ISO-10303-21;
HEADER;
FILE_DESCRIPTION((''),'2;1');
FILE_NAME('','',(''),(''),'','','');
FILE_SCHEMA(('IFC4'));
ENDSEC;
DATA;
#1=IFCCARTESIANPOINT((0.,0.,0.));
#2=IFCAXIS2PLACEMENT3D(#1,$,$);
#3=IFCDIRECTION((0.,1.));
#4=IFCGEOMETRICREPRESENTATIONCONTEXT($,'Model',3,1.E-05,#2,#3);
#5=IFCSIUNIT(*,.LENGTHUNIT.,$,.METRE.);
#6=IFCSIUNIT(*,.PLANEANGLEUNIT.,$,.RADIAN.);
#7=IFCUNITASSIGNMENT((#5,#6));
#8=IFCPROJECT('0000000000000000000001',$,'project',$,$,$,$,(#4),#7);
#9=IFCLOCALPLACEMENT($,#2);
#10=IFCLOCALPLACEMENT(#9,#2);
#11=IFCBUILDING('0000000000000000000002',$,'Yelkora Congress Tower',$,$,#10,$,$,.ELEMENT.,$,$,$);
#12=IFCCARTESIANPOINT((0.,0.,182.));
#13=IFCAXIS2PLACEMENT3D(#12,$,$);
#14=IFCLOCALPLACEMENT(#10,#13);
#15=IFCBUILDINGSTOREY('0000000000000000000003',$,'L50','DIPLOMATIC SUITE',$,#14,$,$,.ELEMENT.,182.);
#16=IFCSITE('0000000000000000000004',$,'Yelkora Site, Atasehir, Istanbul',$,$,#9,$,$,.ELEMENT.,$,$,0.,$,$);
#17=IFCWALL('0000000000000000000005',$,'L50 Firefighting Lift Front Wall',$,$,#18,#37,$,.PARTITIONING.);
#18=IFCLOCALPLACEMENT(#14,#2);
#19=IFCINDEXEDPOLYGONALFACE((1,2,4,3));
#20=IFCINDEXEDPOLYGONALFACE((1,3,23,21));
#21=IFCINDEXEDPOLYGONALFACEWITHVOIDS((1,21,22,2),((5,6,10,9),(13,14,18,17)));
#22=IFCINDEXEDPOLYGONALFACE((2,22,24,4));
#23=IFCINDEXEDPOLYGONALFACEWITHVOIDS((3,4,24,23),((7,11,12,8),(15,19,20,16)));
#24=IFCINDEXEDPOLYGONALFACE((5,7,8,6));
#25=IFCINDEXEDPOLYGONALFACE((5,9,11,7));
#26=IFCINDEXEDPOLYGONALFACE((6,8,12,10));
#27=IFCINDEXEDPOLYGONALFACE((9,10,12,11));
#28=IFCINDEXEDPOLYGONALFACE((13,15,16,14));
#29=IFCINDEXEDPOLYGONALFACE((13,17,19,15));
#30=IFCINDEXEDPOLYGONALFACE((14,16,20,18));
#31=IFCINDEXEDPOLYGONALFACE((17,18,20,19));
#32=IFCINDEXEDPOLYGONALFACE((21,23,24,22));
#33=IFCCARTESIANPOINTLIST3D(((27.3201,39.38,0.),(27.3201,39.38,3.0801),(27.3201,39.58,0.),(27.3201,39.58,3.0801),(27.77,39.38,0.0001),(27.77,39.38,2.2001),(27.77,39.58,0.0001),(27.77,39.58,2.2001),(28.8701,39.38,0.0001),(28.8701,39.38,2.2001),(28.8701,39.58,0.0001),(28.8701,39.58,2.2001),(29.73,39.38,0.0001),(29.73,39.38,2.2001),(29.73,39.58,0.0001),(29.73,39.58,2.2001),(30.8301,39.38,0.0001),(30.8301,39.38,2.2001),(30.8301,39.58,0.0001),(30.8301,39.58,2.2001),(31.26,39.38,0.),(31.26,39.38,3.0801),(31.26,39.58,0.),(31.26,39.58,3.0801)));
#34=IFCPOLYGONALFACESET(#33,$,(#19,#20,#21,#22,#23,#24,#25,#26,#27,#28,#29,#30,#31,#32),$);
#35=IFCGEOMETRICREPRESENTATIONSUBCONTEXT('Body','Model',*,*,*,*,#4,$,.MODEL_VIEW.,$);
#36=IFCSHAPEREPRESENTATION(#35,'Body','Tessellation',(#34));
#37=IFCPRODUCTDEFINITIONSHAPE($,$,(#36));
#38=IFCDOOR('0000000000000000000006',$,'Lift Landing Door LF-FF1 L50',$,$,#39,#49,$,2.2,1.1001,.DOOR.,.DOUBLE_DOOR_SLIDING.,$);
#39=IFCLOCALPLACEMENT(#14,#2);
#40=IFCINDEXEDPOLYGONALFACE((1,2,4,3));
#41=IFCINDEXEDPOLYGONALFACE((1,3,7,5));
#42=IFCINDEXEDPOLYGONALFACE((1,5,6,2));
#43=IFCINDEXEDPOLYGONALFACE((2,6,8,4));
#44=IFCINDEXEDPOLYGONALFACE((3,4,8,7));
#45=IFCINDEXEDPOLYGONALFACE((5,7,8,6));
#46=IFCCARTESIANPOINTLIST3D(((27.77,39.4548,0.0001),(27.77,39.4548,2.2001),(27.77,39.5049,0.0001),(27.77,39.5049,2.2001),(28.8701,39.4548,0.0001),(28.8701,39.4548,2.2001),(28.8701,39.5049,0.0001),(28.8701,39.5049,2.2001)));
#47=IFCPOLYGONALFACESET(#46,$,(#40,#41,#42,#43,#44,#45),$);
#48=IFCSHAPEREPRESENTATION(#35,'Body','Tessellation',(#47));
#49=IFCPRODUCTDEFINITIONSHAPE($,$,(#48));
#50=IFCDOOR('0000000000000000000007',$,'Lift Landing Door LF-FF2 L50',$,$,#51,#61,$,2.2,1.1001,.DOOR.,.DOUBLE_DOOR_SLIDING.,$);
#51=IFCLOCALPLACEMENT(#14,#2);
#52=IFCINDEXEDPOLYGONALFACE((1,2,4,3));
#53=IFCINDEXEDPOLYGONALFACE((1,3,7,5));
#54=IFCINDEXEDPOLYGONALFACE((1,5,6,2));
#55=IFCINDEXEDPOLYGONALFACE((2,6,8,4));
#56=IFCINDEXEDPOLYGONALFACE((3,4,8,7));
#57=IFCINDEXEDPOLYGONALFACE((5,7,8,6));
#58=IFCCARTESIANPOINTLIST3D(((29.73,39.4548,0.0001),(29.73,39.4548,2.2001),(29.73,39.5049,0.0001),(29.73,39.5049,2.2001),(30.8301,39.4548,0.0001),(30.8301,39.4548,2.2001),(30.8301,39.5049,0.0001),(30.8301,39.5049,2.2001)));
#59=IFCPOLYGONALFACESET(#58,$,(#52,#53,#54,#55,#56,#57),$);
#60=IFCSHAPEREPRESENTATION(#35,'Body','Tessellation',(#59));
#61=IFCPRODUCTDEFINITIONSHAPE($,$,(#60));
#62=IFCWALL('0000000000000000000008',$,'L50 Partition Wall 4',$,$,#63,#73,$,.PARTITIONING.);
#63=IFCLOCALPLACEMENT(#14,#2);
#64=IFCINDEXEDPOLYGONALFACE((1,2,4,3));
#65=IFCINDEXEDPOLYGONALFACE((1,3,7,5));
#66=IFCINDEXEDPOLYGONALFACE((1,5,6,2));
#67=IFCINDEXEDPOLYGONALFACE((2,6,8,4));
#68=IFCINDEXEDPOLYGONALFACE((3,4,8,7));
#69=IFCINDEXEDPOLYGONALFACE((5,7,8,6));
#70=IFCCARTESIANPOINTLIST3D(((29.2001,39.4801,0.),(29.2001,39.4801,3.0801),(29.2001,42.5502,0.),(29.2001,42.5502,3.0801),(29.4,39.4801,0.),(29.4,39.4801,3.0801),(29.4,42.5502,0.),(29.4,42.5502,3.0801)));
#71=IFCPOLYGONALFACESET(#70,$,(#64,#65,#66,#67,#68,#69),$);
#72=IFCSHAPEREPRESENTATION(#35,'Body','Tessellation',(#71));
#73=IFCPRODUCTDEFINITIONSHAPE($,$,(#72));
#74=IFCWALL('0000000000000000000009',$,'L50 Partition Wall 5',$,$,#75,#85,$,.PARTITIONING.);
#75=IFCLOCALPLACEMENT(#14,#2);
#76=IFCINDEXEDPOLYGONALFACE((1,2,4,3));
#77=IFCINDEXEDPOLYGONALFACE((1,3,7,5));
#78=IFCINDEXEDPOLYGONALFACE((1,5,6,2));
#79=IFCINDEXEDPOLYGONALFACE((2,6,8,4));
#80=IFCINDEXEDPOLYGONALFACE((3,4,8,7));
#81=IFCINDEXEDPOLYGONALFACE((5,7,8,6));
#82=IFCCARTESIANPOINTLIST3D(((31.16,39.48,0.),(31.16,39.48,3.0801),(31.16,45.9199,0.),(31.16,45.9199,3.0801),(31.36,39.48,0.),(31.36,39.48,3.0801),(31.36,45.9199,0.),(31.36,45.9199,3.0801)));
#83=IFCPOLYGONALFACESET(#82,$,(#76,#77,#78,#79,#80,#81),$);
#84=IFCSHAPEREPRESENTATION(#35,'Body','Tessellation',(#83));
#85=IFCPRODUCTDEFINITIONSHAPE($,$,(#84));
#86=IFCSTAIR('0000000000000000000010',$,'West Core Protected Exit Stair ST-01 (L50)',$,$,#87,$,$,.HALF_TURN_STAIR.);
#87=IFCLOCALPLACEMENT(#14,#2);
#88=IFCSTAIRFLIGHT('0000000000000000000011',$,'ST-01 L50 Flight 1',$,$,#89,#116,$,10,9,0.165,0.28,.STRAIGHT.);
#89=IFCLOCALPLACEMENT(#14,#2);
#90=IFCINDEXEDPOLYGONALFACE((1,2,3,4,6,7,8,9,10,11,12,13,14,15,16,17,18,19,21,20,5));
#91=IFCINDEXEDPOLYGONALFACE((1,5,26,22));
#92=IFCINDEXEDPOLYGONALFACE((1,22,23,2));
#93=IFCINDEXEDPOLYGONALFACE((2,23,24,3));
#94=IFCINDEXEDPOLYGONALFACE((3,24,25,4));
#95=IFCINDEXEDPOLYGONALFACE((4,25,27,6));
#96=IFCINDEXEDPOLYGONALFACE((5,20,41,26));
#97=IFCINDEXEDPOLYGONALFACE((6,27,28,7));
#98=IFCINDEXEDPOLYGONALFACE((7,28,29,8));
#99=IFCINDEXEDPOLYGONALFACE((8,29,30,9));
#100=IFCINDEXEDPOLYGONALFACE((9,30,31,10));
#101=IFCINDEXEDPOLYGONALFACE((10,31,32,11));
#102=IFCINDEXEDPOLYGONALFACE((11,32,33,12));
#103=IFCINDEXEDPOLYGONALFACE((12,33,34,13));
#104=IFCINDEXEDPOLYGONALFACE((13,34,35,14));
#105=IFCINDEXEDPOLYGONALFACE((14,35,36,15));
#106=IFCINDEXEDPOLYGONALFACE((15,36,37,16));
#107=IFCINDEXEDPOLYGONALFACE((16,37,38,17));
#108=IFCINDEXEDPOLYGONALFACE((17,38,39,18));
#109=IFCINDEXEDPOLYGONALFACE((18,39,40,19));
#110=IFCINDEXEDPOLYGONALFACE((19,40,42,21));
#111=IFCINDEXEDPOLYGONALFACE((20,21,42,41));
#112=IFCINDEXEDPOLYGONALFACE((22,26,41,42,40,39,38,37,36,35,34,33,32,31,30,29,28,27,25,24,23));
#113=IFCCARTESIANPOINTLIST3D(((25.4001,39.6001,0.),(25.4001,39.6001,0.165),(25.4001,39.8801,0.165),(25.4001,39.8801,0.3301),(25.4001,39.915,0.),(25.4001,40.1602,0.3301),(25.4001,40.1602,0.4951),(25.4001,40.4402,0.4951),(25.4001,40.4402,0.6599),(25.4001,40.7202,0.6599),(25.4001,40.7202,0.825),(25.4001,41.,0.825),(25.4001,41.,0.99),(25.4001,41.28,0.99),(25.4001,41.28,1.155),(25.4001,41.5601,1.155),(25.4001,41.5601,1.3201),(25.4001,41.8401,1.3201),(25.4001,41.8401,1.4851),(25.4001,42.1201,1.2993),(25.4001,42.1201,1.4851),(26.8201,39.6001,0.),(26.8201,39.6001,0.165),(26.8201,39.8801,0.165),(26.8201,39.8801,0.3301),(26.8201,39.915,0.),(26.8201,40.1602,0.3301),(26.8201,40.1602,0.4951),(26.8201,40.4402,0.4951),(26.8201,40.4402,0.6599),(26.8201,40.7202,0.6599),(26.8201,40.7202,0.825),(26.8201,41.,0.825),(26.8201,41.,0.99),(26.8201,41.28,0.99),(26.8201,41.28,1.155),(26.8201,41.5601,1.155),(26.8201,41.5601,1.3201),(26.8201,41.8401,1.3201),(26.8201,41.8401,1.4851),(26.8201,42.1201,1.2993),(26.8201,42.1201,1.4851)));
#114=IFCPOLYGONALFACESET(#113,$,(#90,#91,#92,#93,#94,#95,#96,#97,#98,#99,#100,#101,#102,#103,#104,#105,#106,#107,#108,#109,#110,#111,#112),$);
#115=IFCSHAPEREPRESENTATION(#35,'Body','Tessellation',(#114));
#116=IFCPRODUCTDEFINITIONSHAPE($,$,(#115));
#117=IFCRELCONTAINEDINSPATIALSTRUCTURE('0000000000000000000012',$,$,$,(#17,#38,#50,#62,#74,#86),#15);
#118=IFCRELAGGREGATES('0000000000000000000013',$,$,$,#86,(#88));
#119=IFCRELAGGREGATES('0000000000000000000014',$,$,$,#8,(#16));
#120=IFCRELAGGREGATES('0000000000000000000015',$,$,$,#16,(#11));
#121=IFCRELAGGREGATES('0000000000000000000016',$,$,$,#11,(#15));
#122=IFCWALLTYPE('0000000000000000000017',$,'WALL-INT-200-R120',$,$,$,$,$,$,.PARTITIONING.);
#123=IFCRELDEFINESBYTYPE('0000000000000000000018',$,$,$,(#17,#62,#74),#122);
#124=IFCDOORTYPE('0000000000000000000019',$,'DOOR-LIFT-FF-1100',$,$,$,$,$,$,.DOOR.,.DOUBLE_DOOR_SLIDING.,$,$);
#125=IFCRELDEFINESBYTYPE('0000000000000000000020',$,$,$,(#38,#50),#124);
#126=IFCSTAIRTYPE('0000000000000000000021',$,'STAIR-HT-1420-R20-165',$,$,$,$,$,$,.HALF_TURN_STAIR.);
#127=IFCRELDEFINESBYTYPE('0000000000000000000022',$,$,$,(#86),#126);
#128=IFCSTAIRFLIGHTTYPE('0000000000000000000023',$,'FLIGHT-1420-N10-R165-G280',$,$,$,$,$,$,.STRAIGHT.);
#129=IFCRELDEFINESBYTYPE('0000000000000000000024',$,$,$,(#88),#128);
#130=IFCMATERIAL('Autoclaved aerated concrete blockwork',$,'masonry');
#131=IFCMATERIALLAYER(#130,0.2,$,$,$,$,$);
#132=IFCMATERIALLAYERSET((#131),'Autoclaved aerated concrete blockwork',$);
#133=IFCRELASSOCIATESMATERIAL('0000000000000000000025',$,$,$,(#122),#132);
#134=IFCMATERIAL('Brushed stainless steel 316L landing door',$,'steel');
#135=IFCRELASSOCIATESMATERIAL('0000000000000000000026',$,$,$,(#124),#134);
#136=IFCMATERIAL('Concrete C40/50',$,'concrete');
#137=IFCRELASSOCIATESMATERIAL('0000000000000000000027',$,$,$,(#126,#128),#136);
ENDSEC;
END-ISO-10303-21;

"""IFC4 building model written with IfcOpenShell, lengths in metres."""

from ifc_helpers import new_model, si_unit, direction, frame, frame_2d, origin, place, context, subcontext, project, spatial, polyline, rectangle, outline, extrude, material, layer, layer_set, type_object, element, fill, aggregate, save


model = new_model("IFC4")

# Units and contexts
model_context = context("Model", 3, precision=1e-05, world=origin(), true_north=direction((0.0, 1.0)))
body_context = subcontext(model_context, "Body", "Model", "MODEL_VIEW")
ifc_project = project(units=[si_unit("LENGTHUNIT", "METRE"), si_unit("PLANEANGLEUNIT", "RADIAN")], contexts=[model_context])

# Site, building, storey
site_placement = place(None, origin())
site = spatial("IfcSite", under=ifc_project, at=site_placement, Name="Yelkora Site, Atasehir, Istanbul", CompositionType="ELEMENT", RefElevation=0.0)
building_placement = place(site_placement, origin())
building = spatial("IfcBuilding", under=site, at=building_placement, Name="Yelkora Congress Tower", CompositionType="ELEMENT")
storey_placement = place(building_placement, frame((0.0, 0.0, 182.0)))
storey = spatial("IfcBuildingStorey", under=building, at=storey_placement, Name="L50", Description="DIPLOMATIC SUITE", CompositionType="ELEMENT", Elevation=182.0)

# Shared definitions
ifc_material_1 = material(Name="Autoclaved aerated concrete blockwork", Category="masonry")
ifc_layer_1 = layer(ifc_material_1, 0.2)
ifc_layer_set_1 = layer_set([ifc_layer_1], Name="Autoclaved aerated concrete blockwork")
wall_type_1 = type_object("IfcWallType", Name="WALL-INT-200-R120", PredefinedType="PARTITIONING", material=ifc_layer_set_1)

# Wall, openings, doors
wall_1_placement = place(storey_placement, frame((27.3201, 39.48, 0.0), z_axis=(0.0, 0.0, 1.0), x_axis=(1.0, 0.0, 0.0)))
wall_1 = element("IfcWall", 1, at=wall_1_placement, inside=storey, type_object=wall_type_1, Name="L50 Firefighting Lift Front Wall", PredefinedType="PARTITIONING", context=body_context, shape_type="SweptSolid", body=[
    extrude(rectangle(XDim=3.9399, YDim=0.2, at=frame_2d((1.97, 0.0))), origin(), (0.0, 0.0, 1.0), 3.0801),
])
opening_1_placement = place(wall_1_placement, frame((0.45, 0.0, 0.0)))
opening_1 = element("IfcOpeningElement", 2, at=opening_1_placement, cuts=wall_1, PredefinedType="OPENING", context=body_context, shape_type="SweptSolid", body=[
    extrude(rectangle(XDim=1.1001, YDim=2.2, at=frame_2d((0.55, 1.1001))), frame((0.0, 0.1099, 0.0), z_axis=(0.0, -1.0, 0.0), x_axis=(1.0, 0.0, 0.0)), (0.0, 0.0, 1.0), 0.22),
])
opening_2_placement = place(wall_1_placement, frame((2.4099, 0.0, 0.0)))
opening_2 = element("IfcOpeningElement", 3, at=opening_2_placement, cuts=wall_1, PredefinedType="OPENING", context=body_context, shape_type="SweptSolid", body=[
    extrude(rectangle(XDim=1.1001, YDim=2.2, at=frame_2d((0.55, 1.1001))), frame((0.0, 0.1099, 0.0), z_axis=(0.0, -1.0, 0.0), x_axis=(1.0, 0.0, 0.0)), (0.0, 0.0, 1.0), 0.22),
])
ifc_material_2 = material(Name="Brushed stainless steel 316L landing door", Category="steel")
door_type_1 = type_object("IfcDoorType", Name="DOOR-LIFT-FF-1100", OperationType="DOUBLE_DOOR_SLIDING", PredefinedType="DOOR", material=ifc_material_2)
door_1_placement = place(opening_1_placement, origin())
door_1 = element("IfcDoor", 4, at=door_1_placement, inside=storey, type_object=door_type_1, Name="Lift Landing Door LF-FF1 L50", OperationType="DOUBLE_DOOR_SLIDING", OverallHeight=2.2, OverallWidth=1.1001, PredefinedType="DOOR", context=body_context, shape_type="SweptSolid", body=[
    extrude(rectangle(XDim=1.1001, YDim=2.2, at=frame_2d((0.55, 1.1001))), frame((0.0, 0.0249, 0.0), z_axis=(0.0, -1.0, 0.0), x_axis=(1.0, 0.0, 0.0)), (0.0, 0.0, 1.0), 0.05),
])
fill(opening_1, door_1)
door_2_placement = place(opening_2_placement, origin())
door_2 = element("IfcDoor", 5, at=door_2_placement, inside=storey, type_object=door_type_1, Name="Lift Landing Door LF-FF2 L50", OperationType="DOUBLE_DOOR_SLIDING", OverallHeight=2.2, OverallWidth=1.1001, PredefinedType="DOOR", context=body_context, shape_type="SweptSolid", body=[
    extrude(rectangle(XDim=1.1001, YDim=2.2, at=frame_2d((0.55, 1.1001))), frame((0.0, 0.0249, 0.0), z_axis=(0.0, -1.0, 0.0), x_axis=(1.0, 0.0, 0.0)), (0.0, 0.0, 1.0), 0.05),
])
fill(opening_2, door_2)

# Walls
wall_2_placement = place(storey_placement, frame((29.3, 39.48, 0.0), z_axis=(0.0, 0.0, 1.0), x_axis=(0.0, 1.0, 0.0)))
element("IfcWall", 6, at=wall_2_placement, inside=storey, type_object=wall_type_1, Name="L50 Partition Wall 4", PredefinedType="PARTITIONING", context=body_context, shape_type="SweptSolid", body=[
    extrude(rectangle(XDim=3.0701, YDim=0.2, at=frame_2d((1.5352, 0.0))), origin(), (0.0, 0.0, 1.0), 3.0801),
])
wall_3_placement = place(storey_placement, frame((31.26, 39.48, 0.0), z_axis=(0.0, 0.0, 1.0), x_axis=(0.0, 1.0, 0.0)))
element("IfcWall", 7, at=wall_3_placement, inside=storey, type_object=wall_type_1, Name="L50 Partition Wall 5", PredefinedType="PARTITIONING", context=body_context, shape_type="SweptSolid", body=[
    extrude(rectangle(XDim=6.4399, YDim=0.2, at=frame_2d((3.22, 0.0))), origin(), (0.0, 0.0, 1.0), 3.0801),
])

# Stair, stair flight
ifc_material_3 = material(Name="Concrete C40/50", Category="concrete")
stair_type = type_object("IfcStairType", Name="STAIR-HT-1420-R20-165", PredefinedType="HALF_TURN_STAIR", material=ifc_material_3)
stair_placement = place(storey_placement, origin())
stair = element("IfcStair", 8, at=stair_placement, inside=storey, type_object=stair_type, Name="West Core Protected Exit Stair ST-01 (L50)", PredefinedType="HALF_TURN_STAIR")
stair_flight_type = type_object("IfcStairFlightType", Name="FLIGHT-1420-N10-R165-G280", PredefinedType="STRAIGHT", material=ifc_material_3)
stair_flight_placement = place(storey_placement, frame((26.1101, 39.6001, 0.0), z_axis=(0.0, 0.0, 1.0), x_axis=(0.0, 1.0, 0.0)))
stair_flight = element("IfcStairFlight", 9, at=stair_flight_placement, type_object=stair_flight_type, Name="ST-01 L50 Flight 1", NumberOfRisers=10, NumberOfTreads=9, PredefinedType="STRAIGHT", RiserHeight=0.165, TreadLength=0.28, context=body_context, shape_type="SweptSolid", body=[
    extrude(outline(polyline([(0.0, 0.0), (0.0, 0.165), (0.28, 0.165), (0.28, 0.3301), (0.5601, 0.3301), (0.5601, 0.4951), (0.8401, 0.4951), (0.8401, 0.6599), (1.1201, 0.6599), (1.1201, 0.825), (1.3999, 0.825), (1.3999, 0.99), (1.6799, 0.99), (1.6799, 1.155), (1.96, 1.155), (1.96, 1.3201), (2.24, 1.3201), (2.24, 1.4851), (2.52, 1.4851), (2.52, 1.6499), (2.52, 1.2993), (0.3149, 0.0), (0.0, 0.0)])), frame((0.0, 0.71, 0.0), z_axis=(0.0, -1.0, 0.0), x_axis=(1.0, 0.0, 0.0)), (0.0, 0.0, 1.0), 1.4199),
])
aggregate(stair, [stair_flight])

save(model, "model.ifc")
